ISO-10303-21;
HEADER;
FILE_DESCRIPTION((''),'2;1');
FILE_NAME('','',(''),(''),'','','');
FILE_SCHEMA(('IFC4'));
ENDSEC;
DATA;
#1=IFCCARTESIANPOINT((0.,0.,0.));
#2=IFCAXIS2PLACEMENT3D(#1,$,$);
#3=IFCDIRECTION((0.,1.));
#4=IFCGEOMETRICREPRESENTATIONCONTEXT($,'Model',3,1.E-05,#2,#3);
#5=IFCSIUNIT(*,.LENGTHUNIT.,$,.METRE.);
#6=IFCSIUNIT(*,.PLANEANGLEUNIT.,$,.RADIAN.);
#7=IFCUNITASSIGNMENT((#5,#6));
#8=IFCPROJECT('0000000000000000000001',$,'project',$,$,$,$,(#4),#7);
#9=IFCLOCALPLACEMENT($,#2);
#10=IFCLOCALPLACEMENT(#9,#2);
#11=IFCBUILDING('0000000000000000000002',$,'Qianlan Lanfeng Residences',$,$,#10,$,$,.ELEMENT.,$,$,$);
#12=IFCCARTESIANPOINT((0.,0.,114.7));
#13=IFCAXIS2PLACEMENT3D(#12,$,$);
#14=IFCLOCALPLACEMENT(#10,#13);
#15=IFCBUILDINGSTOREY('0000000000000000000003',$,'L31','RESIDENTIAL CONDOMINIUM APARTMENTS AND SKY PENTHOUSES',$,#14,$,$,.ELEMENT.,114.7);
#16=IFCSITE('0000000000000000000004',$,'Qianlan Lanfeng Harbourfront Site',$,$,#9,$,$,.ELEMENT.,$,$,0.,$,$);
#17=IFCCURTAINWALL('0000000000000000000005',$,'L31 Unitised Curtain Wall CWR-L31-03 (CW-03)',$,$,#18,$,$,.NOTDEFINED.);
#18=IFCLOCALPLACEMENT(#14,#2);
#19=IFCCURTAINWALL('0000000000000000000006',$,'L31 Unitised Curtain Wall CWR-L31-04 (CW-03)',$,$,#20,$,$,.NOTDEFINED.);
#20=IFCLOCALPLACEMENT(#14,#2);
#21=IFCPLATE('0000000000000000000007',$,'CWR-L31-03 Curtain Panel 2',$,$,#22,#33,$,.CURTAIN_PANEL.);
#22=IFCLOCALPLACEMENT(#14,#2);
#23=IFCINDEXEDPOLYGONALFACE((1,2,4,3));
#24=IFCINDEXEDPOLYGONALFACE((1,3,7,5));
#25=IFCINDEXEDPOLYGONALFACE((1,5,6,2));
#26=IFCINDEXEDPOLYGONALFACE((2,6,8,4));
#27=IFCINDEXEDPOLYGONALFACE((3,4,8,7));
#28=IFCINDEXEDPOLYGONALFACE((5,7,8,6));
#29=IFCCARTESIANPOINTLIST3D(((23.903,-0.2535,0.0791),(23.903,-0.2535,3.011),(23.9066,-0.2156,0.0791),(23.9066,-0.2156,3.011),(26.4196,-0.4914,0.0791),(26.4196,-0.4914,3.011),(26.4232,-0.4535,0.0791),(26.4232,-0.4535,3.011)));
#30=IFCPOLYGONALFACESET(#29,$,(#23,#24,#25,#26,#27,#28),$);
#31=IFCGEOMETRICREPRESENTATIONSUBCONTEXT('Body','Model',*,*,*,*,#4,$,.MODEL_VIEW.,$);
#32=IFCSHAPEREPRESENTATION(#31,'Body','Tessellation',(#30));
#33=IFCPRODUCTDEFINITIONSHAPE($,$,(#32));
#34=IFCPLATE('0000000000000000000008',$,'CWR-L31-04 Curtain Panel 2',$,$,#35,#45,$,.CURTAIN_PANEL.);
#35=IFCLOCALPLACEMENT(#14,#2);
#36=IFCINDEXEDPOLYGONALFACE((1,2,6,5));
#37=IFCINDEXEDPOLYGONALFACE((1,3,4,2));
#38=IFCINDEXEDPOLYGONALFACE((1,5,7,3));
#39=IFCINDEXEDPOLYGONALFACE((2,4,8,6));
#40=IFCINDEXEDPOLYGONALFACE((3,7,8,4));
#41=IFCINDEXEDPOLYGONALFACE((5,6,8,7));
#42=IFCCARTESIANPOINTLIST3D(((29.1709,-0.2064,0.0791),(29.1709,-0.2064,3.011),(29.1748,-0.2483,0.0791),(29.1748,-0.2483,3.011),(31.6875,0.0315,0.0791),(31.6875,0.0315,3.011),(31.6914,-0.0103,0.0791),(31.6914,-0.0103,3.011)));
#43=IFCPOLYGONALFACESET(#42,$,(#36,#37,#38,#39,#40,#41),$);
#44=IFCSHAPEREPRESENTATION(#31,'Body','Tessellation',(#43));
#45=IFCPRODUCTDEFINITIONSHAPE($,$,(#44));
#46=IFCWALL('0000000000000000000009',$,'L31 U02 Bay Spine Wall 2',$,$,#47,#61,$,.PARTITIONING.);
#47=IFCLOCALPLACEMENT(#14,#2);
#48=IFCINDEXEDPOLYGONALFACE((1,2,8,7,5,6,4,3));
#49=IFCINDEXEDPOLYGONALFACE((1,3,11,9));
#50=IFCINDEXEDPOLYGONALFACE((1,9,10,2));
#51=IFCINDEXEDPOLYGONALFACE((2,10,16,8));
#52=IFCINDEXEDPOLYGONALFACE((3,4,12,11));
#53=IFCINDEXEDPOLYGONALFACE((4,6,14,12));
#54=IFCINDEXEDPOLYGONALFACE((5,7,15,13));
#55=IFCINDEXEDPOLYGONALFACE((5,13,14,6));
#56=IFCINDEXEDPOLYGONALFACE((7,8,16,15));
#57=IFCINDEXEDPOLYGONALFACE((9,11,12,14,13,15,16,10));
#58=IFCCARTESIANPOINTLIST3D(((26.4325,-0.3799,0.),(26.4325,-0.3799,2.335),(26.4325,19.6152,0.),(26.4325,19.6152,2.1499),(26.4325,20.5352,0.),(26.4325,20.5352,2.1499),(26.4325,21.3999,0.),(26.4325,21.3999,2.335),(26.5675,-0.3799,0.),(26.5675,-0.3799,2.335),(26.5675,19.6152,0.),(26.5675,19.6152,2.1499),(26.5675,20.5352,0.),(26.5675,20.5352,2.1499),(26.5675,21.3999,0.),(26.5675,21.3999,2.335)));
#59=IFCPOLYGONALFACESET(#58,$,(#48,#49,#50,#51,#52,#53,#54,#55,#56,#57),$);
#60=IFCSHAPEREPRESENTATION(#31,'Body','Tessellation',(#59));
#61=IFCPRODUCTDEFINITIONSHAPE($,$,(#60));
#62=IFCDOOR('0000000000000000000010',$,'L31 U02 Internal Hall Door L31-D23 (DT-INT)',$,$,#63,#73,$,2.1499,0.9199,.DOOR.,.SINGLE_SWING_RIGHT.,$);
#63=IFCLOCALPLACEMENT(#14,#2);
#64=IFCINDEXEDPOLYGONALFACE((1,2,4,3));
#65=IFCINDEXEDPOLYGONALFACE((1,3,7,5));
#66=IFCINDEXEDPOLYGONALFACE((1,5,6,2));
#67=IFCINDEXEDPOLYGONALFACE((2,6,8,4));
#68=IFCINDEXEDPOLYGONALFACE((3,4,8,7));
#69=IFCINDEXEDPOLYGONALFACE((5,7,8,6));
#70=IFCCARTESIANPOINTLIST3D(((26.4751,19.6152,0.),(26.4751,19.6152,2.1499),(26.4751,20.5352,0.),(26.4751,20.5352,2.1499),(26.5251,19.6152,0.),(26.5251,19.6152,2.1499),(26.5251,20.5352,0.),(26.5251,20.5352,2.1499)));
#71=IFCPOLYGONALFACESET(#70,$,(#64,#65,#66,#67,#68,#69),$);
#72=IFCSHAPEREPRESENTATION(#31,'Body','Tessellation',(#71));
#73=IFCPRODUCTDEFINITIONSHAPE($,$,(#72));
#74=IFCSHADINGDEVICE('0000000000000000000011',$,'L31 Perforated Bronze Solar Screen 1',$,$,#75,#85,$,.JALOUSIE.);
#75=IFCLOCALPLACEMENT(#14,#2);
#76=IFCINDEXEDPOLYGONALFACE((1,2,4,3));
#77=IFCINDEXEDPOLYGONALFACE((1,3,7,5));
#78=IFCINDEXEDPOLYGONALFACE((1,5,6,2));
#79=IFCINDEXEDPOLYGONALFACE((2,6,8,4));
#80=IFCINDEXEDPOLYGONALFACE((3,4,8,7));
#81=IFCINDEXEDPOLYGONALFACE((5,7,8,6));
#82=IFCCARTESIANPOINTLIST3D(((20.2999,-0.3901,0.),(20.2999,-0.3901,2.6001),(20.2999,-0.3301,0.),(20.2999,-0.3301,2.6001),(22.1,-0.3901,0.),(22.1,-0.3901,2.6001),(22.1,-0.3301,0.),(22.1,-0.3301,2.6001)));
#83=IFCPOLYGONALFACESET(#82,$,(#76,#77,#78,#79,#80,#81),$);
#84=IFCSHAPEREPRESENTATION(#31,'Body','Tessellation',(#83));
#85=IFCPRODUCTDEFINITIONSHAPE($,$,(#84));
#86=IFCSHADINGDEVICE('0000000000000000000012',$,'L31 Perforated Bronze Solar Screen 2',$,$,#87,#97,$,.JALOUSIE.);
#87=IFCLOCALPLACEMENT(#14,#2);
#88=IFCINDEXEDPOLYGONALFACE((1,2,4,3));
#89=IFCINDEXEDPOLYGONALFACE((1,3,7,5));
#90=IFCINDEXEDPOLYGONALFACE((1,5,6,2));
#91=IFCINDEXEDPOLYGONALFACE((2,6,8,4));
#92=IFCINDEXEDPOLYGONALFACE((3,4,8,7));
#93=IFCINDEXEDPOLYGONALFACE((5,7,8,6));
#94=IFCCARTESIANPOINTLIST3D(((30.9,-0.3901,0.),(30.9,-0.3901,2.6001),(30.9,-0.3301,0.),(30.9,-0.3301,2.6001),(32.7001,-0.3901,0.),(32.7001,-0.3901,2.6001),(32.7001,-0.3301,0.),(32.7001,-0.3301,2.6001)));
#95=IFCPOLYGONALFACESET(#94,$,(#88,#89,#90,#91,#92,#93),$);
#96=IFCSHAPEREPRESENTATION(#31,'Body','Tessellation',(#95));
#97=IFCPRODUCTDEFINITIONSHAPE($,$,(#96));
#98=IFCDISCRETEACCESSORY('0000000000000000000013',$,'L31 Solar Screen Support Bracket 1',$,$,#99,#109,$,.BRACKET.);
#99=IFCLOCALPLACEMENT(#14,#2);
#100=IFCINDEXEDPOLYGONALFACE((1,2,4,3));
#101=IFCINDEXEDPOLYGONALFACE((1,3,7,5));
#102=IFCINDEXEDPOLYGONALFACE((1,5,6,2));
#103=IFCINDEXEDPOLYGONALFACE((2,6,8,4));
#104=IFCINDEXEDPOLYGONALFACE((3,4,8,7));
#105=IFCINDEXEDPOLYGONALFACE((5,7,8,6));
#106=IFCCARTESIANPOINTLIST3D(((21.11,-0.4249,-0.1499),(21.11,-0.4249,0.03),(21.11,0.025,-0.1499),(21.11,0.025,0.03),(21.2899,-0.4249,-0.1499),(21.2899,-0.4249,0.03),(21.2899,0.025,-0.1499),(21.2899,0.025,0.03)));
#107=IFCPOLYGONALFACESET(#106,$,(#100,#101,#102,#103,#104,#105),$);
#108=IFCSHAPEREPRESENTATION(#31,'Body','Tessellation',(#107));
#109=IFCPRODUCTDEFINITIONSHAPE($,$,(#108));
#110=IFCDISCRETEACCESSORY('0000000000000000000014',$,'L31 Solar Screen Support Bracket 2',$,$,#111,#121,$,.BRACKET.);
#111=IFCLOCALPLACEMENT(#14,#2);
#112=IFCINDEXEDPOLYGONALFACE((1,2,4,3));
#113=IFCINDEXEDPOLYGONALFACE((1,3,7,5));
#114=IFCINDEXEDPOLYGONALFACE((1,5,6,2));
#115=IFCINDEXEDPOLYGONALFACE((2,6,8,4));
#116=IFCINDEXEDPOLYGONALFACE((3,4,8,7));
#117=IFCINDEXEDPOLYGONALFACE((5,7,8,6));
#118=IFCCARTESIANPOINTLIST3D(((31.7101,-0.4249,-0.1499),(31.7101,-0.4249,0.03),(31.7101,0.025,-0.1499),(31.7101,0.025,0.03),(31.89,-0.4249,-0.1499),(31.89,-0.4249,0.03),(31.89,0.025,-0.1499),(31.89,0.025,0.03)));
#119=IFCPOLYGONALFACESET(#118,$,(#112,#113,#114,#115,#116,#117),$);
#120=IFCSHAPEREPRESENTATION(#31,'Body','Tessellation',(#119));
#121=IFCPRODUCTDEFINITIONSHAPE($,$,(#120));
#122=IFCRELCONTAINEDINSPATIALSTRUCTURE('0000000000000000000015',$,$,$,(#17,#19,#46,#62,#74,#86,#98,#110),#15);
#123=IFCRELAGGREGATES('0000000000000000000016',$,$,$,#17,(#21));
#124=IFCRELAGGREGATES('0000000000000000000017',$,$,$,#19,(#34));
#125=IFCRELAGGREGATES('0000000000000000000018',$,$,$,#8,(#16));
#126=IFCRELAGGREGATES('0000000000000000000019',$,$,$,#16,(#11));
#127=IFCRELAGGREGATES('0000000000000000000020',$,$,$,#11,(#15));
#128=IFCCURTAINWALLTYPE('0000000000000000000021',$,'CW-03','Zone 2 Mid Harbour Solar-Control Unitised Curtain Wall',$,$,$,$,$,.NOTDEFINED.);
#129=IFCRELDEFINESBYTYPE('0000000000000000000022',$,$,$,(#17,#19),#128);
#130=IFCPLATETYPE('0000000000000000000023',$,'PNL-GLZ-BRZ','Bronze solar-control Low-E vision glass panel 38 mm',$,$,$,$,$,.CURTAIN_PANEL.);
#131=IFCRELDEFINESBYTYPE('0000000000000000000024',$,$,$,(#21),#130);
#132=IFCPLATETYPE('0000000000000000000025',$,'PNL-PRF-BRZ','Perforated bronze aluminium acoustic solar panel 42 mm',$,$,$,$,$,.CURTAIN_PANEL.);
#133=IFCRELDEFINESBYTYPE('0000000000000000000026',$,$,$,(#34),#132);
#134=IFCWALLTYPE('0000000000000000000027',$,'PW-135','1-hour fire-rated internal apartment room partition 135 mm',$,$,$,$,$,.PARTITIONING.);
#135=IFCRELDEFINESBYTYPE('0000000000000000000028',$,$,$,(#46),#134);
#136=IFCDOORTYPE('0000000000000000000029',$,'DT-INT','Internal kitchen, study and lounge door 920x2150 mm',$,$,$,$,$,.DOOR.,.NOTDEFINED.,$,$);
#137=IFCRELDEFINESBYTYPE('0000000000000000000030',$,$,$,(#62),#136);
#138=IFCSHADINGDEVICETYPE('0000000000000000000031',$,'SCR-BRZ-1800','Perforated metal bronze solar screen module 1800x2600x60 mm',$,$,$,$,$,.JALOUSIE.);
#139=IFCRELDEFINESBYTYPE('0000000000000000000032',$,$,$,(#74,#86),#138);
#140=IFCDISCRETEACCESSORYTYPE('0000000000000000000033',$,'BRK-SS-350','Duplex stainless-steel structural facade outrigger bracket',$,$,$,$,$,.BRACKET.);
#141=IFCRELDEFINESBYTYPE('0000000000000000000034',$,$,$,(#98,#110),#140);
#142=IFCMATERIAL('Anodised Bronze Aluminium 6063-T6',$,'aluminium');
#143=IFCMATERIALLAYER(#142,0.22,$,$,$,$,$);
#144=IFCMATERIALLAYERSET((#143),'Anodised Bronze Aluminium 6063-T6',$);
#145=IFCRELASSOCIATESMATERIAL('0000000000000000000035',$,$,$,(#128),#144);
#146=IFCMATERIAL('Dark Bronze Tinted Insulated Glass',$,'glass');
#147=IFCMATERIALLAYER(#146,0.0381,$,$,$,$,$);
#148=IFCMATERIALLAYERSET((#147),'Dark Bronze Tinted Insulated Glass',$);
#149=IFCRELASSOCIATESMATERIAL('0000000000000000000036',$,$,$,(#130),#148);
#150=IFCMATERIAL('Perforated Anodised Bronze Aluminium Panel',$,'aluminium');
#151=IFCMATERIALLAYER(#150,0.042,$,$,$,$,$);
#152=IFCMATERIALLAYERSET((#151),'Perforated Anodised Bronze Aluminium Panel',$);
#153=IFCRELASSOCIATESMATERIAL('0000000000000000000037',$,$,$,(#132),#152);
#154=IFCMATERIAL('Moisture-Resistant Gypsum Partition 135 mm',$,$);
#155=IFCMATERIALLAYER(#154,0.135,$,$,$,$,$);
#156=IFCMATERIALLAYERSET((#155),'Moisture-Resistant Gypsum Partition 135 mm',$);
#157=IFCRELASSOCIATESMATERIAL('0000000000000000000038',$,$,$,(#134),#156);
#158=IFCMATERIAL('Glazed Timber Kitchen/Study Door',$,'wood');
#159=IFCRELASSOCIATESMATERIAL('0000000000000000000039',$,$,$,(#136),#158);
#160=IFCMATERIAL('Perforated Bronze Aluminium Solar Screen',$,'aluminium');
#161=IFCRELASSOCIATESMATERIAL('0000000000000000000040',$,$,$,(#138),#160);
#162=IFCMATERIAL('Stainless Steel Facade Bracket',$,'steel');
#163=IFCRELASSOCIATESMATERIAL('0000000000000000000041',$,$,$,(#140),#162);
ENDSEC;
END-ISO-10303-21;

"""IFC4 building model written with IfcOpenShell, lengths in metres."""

from ifc_helpers import new_model, si_unit, direction, frame, frame_2d, origin, origin_2d, place, context, subcontext, project, spatial, rectangle, extrude, source, transform, mapped, material, layer, layer_set, type_object, element, fill, aggregate, save


model = new_model("IFC4")

# Units and contexts
model_context = context("Model", 3, precision=1e-05, world=origin(), true_north=direction((0.0, 1.0)))
body_context = subcontext(model_context, "Body", "Model", "MODEL_VIEW")
ifc_project = project(units=[si_unit("LENGTHUNIT", "METRE"), si_unit("PLANEANGLEUNIT", "RADIAN")], contexts=[model_context])

# Site, building, storey
site_placement = place(None, origin())
site = spatial("IfcSite", under=ifc_project, at=site_placement, Name="Qianlan Lanfeng Harbourfront Site", CompositionType="ELEMENT", RefElevation=0.0)
building_placement = place(site_placement, origin())
building = spatial("IfcBuilding", under=site, at=building_placement, Name="Qianlan Lanfeng Residences", CompositionType="ELEMENT")
storey_placement = place(building_placement, frame((0.0, 0.0, 114.7)))
storey = spatial("IfcBuildingStorey", under=building, at=storey_placement, Name="L31", Description="RESIDENTIAL CONDOMINIUM APARTMENTS AND SKY PENTHOUSES", CompositionType="ELEMENT", Elevation=114.7)

# Curtain walls
ifc_material_1 = material(Name="Anodised Bronze Aluminium 6063-T6", Category="aluminium")
ifc_layer_1 = layer(ifc_material_1, 0.22)
ifc_layer_set_1 = layer_set([ifc_layer_1], Name="Anodised Bronze Aluminium 6063-T6")
curtain_wall_type = type_object("IfcCurtainWallType", Name="CW-03", Description="Zone 2 Mid Harbour Solar-Control Unitised Curtain Wall", PredefinedType="NOTDEFINED", material=ifc_layer_set_1)
curtain_wall_1_placement = place(storey_placement, origin())
curtain_wall_1 = element("IfcCurtainWall", 1, at=curtain_wall_1_placement, inside=storey, type_object=curtain_wall_type, Name="L31 Unitised Curtain Wall CWR-L31-03 (CW-03)", PredefinedType="NOTDEFINED")
curtain_wall_2_placement = place(storey_placement, origin())
curtain_wall_2 = element("IfcCurtainWall", 2, at=curtain_wall_2_placement, inside=storey, type_object=curtain_wall_type, Name="L31 Unitised Curtain Wall CWR-L31-04 (CW-03)", PredefinedType="NOTDEFINED")

# Plates
ifc_material_2 = material(Name="Dark Bronze Tinted Insulated Glass", Category="glass")
ifc_layer_2 = layer(ifc_material_2, 0.0381)
ifc_layer_set_2 = layer_set([ifc_layer_2], Name="Dark Bronze Tinted Insulated Glass")
plate_type_1 = type_object("IfcPlateType", Name="PNL-GLZ-BRZ", Description="Bronze solar-control Low-E vision glass panel 38 mm", PredefinedType="CURTAIN_PANEL", material=ifc_layer_set_2)
shared_shape_1 = source(origin(), body_context, "Body", "SweptSolid", [
    extrude(rectangle(XDim=2.5278, YDim=0.0381, at=origin_2d()), origin(), (0.0, 0.0, 1.0), 2.9319),
])
plate_1_placement = place(storey_placement, frame((25.1631, -0.3535, 0.0791), z_axis=(0.0, 0.0, 1.0), x_axis=(0.995561, -0.094114, 0.0)))
plate_1 = element("IfcPlate", 3, at=plate_1_placement, type_object=plate_type_1, Name="CWR-L31-03 Curtain Panel 2", PredefinedType="CURTAIN_PANEL", context=body_context, shape_type="MappedRepresentation", body=[
    mapped(shared_shape_1, transform((0.0, 0.0, 0.0), scale=1.0)),
])
aggregate(curtain_wall_1, [plate_1])
ifc_material_3 = material(Name="Perforated Anodised Bronze Aluminium Panel", Category="aluminium")
ifc_layer_3 = layer(ifc_material_3, 0.042)
ifc_layer_set_3 = layer_set([ifc_layer_3], Name="Perforated Anodised Bronze Aluminium Panel")
plate_type_2 = type_object("IfcPlateType", Name="PNL-PRF-BRZ", Description="Perforated bronze aluminium acoustic solar panel 42 mm", PredefinedType="CURTAIN_PANEL", material=ifc_layer_set_3)
shared_shape_2 = source(origin(), body_context, "Body", "SweptSolid", [
    extrude(rectangle(XDim=2.5278, YDim=0.042, at=origin_2d()), origin(), (0.0, 0.0, 1.0), 2.9319),
])
plate_2_placement = place(storey_placement, frame((30.4312, -0.1084, 0.0791), z_axis=(0.0, 0.0, 1.0), x_axis=(0.995561, 0.094114, 0.0)))
plate_2 = element("IfcPlate", 4, at=plate_2_placement, type_object=plate_type_2, Name="CWR-L31-04 Curtain Panel 2", PredefinedType="CURTAIN_PANEL", context=body_context, shape_type="MappedRepresentation", body=[
    mapped(shared_shape_2, transform((0.0, 0.0, 0.0), scale=1.0)),
])
aggregate(curtain_wall_2, [plate_2])

# Wall, opening, door
ifc_material_4 = material(Name="Moisture-Resistant Gypsum Partition 135 mm")
ifc_layer_4 = layer(ifc_material_4, 0.135)
ifc_layer_set_4 = layer_set([ifc_layer_4], Name="Moisture-Resistant Gypsum Partition 135 mm")
wall_type = type_object("IfcWallType", Name="PW-135", Description="1-hour fire-rated internal apartment room partition 135 mm", PredefinedType="PARTITIONING", material=ifc_layer_set_4)
wall_placement = place(storey_placement, frame((26.5, -0.3799, 0.0), z_axis=(0.0, 0.0, 1.0), x_axis=(0.0, 1.0, 0.0)))
wall = element("IfcWall", 5, at=wall_placement, inside=storey, type_object=wall_type, Name="L31 U02 Bay Spine Wall 2", PredefinedType="PARTITIONING", context=body_context, shape_type="SweptSolid", body=[
    extrude(rectangle(XDim=21.7798, YDim=0.135, at=frame_2d((10.8899, 0.0))), origin(), (0.0, 0.0, 1.0), 2.335),
])
opening_placement = place(wall_placement, frame((19.9951, 0.0, 0.0)))
opening = element("IfcOpeningElement", 6, at=opening_placement, cuts=wall, PredefinedType="OPENING", context=body_context, shape_type="SweptSolid", body=[
    extrude(rectangle(XDim=0.9199, YDim=2.1499, at=frame_2d((0.46, 1.075))), frame((0.0, 0.0776, 0.0), z_axis=(0.0, -1.0, 0.0), x_axis=(1.0, 0.0, 0.0)), (0.0, 0.0, 1.0), 0.155),
])
ifc_material_5 = material(Name="Glazed Timber Kitchen/Study Door", Category="wood")
door_type = type_object("IfcDoorType", Name="DT-INT", Description="Internal kitchen, study and lounge door 920x2150 mm", OperationType="NOTDEFINED", PredefinedType="DOOR", material=ifc_material_5)
door_placement = place(opening_placement, origin())
door = element("IfcDoor", 7, at=door_placement, inside=storey, type_object=door_type, Name="L31 U02 Internal Hall Door L31-D23 (DT-INT)", OperationType="SINGLE_SWING_RIGHT", OverallHeight=2.1499, OverallWidth=0.9199, PredefinedType="DOOR", context=body_context, shape_type="SweptSolid", body=[
    extrude(rectangle(XDim=0.9199, YDim=2.1499, at=frame_2d((0.46, 1.075))), frame((0.0, 0.0249, 0.0), z_axis=(0.0, -1.0, 0.0), x_axis=(1.0, 0.0, 0.0)), (0.0, 0.0, 1.0), 0.05),
])
fill(opening, door)

# Shading devices
ifc_material_6 = material(Name="Perforated Bronze Aluminium Solar Screen", Category="aluminium")
shading_device_type = type_object("IfcShadingDeviceType", Name="SCR-BRZ-1800", Description="Perforated metal bronze solar screen module 1800x2600x60 mm", PredefinedType="JALOUSIE", material=ifc_material_6)
shared_shape_3 = source(origin(), body_context, "Body", "SweptSolid", [
    extrude(rectangle(XDim=1.8, YDim=0.0601, at=origin_2d()), origin(), (0.0, 0.0, 1.0), 2.6001),
])
for number, where, z_axis, x_axis, name in (
    (8, (21.2, -0.3601, 0.0), (0.0, 0.0, 1.0), (1.0, 0.0, 0.0), "L31 Perforated Bronze Solar Screen 1"),
    (9, (31.8, -0.3601, 0.0), (0.0, 0.0, 1.0), (1.0, 0.0, 0.0), "L31 Perforated Bronze Solar Screen 2"),
):
    element("IfcShadingDevice", number, at=place(storey_placement, frame(where, z_axis=z_axis, x_axis=x_axis)), inside=storey, type_object=shading_device_type, Name=name, PredefinedType="JALOUSIE", context=body_context, shape_type="MappedRepresentation", body=[
        mapped(shared_shape_3, transform((0.0, 0.0, 0.0), scale=1.0)),
    ])

# Discrete accessories
ifc_material_7 = material(Name="Stainless Steel Facade Bracket", Category="steel")
discrete_accessory_type = type_object("IfcDiscreteAccessoryType", Name="BRK-SS-350", Description="Duplex stainless-steel structural facade outrigger bracket", PredefinedType="BRACKET", material=ifc_material_7)
shared_shape_4 = source(origin(), body_context, "Body", "SweptSolid", [
    extrude(rectangle(XDim=0.1799, YDim=0.45, at=origin_2d()), origin(), (0.0, 0.0, 1.0), 0.1799),
])
for number, where, z_axis, x_axis, name in (
    (10, (21.2, -0.2, -0.1499), (0.0, 0.0, 1.0), (1.0, 0.0, 0.0), "L31 Solar Screen Support Bracket 1"),
    (11, (31.8, -0.2, -0.1499), (0.0, 0.0, 1.0), (1.0, 0.0, 0.0), "L31 Solar Screen Support Bracket 2"),
):
    element("IfcDiscreteAccessory", number, at=place(storey_placement, frame(where, z_axis=z_axis, x_axis=x_axis)), inside=storey, type_object=discrete_accessory_type, Name=name, PredefinedType="BRACKET", context=body_context, shape_type="MappedRepresentation", body=[
        mapped(shared_shape_4, transform((0.0, 0.0, 0.0), scale=1.0)),
    ])

save(model, "model.ifc")
